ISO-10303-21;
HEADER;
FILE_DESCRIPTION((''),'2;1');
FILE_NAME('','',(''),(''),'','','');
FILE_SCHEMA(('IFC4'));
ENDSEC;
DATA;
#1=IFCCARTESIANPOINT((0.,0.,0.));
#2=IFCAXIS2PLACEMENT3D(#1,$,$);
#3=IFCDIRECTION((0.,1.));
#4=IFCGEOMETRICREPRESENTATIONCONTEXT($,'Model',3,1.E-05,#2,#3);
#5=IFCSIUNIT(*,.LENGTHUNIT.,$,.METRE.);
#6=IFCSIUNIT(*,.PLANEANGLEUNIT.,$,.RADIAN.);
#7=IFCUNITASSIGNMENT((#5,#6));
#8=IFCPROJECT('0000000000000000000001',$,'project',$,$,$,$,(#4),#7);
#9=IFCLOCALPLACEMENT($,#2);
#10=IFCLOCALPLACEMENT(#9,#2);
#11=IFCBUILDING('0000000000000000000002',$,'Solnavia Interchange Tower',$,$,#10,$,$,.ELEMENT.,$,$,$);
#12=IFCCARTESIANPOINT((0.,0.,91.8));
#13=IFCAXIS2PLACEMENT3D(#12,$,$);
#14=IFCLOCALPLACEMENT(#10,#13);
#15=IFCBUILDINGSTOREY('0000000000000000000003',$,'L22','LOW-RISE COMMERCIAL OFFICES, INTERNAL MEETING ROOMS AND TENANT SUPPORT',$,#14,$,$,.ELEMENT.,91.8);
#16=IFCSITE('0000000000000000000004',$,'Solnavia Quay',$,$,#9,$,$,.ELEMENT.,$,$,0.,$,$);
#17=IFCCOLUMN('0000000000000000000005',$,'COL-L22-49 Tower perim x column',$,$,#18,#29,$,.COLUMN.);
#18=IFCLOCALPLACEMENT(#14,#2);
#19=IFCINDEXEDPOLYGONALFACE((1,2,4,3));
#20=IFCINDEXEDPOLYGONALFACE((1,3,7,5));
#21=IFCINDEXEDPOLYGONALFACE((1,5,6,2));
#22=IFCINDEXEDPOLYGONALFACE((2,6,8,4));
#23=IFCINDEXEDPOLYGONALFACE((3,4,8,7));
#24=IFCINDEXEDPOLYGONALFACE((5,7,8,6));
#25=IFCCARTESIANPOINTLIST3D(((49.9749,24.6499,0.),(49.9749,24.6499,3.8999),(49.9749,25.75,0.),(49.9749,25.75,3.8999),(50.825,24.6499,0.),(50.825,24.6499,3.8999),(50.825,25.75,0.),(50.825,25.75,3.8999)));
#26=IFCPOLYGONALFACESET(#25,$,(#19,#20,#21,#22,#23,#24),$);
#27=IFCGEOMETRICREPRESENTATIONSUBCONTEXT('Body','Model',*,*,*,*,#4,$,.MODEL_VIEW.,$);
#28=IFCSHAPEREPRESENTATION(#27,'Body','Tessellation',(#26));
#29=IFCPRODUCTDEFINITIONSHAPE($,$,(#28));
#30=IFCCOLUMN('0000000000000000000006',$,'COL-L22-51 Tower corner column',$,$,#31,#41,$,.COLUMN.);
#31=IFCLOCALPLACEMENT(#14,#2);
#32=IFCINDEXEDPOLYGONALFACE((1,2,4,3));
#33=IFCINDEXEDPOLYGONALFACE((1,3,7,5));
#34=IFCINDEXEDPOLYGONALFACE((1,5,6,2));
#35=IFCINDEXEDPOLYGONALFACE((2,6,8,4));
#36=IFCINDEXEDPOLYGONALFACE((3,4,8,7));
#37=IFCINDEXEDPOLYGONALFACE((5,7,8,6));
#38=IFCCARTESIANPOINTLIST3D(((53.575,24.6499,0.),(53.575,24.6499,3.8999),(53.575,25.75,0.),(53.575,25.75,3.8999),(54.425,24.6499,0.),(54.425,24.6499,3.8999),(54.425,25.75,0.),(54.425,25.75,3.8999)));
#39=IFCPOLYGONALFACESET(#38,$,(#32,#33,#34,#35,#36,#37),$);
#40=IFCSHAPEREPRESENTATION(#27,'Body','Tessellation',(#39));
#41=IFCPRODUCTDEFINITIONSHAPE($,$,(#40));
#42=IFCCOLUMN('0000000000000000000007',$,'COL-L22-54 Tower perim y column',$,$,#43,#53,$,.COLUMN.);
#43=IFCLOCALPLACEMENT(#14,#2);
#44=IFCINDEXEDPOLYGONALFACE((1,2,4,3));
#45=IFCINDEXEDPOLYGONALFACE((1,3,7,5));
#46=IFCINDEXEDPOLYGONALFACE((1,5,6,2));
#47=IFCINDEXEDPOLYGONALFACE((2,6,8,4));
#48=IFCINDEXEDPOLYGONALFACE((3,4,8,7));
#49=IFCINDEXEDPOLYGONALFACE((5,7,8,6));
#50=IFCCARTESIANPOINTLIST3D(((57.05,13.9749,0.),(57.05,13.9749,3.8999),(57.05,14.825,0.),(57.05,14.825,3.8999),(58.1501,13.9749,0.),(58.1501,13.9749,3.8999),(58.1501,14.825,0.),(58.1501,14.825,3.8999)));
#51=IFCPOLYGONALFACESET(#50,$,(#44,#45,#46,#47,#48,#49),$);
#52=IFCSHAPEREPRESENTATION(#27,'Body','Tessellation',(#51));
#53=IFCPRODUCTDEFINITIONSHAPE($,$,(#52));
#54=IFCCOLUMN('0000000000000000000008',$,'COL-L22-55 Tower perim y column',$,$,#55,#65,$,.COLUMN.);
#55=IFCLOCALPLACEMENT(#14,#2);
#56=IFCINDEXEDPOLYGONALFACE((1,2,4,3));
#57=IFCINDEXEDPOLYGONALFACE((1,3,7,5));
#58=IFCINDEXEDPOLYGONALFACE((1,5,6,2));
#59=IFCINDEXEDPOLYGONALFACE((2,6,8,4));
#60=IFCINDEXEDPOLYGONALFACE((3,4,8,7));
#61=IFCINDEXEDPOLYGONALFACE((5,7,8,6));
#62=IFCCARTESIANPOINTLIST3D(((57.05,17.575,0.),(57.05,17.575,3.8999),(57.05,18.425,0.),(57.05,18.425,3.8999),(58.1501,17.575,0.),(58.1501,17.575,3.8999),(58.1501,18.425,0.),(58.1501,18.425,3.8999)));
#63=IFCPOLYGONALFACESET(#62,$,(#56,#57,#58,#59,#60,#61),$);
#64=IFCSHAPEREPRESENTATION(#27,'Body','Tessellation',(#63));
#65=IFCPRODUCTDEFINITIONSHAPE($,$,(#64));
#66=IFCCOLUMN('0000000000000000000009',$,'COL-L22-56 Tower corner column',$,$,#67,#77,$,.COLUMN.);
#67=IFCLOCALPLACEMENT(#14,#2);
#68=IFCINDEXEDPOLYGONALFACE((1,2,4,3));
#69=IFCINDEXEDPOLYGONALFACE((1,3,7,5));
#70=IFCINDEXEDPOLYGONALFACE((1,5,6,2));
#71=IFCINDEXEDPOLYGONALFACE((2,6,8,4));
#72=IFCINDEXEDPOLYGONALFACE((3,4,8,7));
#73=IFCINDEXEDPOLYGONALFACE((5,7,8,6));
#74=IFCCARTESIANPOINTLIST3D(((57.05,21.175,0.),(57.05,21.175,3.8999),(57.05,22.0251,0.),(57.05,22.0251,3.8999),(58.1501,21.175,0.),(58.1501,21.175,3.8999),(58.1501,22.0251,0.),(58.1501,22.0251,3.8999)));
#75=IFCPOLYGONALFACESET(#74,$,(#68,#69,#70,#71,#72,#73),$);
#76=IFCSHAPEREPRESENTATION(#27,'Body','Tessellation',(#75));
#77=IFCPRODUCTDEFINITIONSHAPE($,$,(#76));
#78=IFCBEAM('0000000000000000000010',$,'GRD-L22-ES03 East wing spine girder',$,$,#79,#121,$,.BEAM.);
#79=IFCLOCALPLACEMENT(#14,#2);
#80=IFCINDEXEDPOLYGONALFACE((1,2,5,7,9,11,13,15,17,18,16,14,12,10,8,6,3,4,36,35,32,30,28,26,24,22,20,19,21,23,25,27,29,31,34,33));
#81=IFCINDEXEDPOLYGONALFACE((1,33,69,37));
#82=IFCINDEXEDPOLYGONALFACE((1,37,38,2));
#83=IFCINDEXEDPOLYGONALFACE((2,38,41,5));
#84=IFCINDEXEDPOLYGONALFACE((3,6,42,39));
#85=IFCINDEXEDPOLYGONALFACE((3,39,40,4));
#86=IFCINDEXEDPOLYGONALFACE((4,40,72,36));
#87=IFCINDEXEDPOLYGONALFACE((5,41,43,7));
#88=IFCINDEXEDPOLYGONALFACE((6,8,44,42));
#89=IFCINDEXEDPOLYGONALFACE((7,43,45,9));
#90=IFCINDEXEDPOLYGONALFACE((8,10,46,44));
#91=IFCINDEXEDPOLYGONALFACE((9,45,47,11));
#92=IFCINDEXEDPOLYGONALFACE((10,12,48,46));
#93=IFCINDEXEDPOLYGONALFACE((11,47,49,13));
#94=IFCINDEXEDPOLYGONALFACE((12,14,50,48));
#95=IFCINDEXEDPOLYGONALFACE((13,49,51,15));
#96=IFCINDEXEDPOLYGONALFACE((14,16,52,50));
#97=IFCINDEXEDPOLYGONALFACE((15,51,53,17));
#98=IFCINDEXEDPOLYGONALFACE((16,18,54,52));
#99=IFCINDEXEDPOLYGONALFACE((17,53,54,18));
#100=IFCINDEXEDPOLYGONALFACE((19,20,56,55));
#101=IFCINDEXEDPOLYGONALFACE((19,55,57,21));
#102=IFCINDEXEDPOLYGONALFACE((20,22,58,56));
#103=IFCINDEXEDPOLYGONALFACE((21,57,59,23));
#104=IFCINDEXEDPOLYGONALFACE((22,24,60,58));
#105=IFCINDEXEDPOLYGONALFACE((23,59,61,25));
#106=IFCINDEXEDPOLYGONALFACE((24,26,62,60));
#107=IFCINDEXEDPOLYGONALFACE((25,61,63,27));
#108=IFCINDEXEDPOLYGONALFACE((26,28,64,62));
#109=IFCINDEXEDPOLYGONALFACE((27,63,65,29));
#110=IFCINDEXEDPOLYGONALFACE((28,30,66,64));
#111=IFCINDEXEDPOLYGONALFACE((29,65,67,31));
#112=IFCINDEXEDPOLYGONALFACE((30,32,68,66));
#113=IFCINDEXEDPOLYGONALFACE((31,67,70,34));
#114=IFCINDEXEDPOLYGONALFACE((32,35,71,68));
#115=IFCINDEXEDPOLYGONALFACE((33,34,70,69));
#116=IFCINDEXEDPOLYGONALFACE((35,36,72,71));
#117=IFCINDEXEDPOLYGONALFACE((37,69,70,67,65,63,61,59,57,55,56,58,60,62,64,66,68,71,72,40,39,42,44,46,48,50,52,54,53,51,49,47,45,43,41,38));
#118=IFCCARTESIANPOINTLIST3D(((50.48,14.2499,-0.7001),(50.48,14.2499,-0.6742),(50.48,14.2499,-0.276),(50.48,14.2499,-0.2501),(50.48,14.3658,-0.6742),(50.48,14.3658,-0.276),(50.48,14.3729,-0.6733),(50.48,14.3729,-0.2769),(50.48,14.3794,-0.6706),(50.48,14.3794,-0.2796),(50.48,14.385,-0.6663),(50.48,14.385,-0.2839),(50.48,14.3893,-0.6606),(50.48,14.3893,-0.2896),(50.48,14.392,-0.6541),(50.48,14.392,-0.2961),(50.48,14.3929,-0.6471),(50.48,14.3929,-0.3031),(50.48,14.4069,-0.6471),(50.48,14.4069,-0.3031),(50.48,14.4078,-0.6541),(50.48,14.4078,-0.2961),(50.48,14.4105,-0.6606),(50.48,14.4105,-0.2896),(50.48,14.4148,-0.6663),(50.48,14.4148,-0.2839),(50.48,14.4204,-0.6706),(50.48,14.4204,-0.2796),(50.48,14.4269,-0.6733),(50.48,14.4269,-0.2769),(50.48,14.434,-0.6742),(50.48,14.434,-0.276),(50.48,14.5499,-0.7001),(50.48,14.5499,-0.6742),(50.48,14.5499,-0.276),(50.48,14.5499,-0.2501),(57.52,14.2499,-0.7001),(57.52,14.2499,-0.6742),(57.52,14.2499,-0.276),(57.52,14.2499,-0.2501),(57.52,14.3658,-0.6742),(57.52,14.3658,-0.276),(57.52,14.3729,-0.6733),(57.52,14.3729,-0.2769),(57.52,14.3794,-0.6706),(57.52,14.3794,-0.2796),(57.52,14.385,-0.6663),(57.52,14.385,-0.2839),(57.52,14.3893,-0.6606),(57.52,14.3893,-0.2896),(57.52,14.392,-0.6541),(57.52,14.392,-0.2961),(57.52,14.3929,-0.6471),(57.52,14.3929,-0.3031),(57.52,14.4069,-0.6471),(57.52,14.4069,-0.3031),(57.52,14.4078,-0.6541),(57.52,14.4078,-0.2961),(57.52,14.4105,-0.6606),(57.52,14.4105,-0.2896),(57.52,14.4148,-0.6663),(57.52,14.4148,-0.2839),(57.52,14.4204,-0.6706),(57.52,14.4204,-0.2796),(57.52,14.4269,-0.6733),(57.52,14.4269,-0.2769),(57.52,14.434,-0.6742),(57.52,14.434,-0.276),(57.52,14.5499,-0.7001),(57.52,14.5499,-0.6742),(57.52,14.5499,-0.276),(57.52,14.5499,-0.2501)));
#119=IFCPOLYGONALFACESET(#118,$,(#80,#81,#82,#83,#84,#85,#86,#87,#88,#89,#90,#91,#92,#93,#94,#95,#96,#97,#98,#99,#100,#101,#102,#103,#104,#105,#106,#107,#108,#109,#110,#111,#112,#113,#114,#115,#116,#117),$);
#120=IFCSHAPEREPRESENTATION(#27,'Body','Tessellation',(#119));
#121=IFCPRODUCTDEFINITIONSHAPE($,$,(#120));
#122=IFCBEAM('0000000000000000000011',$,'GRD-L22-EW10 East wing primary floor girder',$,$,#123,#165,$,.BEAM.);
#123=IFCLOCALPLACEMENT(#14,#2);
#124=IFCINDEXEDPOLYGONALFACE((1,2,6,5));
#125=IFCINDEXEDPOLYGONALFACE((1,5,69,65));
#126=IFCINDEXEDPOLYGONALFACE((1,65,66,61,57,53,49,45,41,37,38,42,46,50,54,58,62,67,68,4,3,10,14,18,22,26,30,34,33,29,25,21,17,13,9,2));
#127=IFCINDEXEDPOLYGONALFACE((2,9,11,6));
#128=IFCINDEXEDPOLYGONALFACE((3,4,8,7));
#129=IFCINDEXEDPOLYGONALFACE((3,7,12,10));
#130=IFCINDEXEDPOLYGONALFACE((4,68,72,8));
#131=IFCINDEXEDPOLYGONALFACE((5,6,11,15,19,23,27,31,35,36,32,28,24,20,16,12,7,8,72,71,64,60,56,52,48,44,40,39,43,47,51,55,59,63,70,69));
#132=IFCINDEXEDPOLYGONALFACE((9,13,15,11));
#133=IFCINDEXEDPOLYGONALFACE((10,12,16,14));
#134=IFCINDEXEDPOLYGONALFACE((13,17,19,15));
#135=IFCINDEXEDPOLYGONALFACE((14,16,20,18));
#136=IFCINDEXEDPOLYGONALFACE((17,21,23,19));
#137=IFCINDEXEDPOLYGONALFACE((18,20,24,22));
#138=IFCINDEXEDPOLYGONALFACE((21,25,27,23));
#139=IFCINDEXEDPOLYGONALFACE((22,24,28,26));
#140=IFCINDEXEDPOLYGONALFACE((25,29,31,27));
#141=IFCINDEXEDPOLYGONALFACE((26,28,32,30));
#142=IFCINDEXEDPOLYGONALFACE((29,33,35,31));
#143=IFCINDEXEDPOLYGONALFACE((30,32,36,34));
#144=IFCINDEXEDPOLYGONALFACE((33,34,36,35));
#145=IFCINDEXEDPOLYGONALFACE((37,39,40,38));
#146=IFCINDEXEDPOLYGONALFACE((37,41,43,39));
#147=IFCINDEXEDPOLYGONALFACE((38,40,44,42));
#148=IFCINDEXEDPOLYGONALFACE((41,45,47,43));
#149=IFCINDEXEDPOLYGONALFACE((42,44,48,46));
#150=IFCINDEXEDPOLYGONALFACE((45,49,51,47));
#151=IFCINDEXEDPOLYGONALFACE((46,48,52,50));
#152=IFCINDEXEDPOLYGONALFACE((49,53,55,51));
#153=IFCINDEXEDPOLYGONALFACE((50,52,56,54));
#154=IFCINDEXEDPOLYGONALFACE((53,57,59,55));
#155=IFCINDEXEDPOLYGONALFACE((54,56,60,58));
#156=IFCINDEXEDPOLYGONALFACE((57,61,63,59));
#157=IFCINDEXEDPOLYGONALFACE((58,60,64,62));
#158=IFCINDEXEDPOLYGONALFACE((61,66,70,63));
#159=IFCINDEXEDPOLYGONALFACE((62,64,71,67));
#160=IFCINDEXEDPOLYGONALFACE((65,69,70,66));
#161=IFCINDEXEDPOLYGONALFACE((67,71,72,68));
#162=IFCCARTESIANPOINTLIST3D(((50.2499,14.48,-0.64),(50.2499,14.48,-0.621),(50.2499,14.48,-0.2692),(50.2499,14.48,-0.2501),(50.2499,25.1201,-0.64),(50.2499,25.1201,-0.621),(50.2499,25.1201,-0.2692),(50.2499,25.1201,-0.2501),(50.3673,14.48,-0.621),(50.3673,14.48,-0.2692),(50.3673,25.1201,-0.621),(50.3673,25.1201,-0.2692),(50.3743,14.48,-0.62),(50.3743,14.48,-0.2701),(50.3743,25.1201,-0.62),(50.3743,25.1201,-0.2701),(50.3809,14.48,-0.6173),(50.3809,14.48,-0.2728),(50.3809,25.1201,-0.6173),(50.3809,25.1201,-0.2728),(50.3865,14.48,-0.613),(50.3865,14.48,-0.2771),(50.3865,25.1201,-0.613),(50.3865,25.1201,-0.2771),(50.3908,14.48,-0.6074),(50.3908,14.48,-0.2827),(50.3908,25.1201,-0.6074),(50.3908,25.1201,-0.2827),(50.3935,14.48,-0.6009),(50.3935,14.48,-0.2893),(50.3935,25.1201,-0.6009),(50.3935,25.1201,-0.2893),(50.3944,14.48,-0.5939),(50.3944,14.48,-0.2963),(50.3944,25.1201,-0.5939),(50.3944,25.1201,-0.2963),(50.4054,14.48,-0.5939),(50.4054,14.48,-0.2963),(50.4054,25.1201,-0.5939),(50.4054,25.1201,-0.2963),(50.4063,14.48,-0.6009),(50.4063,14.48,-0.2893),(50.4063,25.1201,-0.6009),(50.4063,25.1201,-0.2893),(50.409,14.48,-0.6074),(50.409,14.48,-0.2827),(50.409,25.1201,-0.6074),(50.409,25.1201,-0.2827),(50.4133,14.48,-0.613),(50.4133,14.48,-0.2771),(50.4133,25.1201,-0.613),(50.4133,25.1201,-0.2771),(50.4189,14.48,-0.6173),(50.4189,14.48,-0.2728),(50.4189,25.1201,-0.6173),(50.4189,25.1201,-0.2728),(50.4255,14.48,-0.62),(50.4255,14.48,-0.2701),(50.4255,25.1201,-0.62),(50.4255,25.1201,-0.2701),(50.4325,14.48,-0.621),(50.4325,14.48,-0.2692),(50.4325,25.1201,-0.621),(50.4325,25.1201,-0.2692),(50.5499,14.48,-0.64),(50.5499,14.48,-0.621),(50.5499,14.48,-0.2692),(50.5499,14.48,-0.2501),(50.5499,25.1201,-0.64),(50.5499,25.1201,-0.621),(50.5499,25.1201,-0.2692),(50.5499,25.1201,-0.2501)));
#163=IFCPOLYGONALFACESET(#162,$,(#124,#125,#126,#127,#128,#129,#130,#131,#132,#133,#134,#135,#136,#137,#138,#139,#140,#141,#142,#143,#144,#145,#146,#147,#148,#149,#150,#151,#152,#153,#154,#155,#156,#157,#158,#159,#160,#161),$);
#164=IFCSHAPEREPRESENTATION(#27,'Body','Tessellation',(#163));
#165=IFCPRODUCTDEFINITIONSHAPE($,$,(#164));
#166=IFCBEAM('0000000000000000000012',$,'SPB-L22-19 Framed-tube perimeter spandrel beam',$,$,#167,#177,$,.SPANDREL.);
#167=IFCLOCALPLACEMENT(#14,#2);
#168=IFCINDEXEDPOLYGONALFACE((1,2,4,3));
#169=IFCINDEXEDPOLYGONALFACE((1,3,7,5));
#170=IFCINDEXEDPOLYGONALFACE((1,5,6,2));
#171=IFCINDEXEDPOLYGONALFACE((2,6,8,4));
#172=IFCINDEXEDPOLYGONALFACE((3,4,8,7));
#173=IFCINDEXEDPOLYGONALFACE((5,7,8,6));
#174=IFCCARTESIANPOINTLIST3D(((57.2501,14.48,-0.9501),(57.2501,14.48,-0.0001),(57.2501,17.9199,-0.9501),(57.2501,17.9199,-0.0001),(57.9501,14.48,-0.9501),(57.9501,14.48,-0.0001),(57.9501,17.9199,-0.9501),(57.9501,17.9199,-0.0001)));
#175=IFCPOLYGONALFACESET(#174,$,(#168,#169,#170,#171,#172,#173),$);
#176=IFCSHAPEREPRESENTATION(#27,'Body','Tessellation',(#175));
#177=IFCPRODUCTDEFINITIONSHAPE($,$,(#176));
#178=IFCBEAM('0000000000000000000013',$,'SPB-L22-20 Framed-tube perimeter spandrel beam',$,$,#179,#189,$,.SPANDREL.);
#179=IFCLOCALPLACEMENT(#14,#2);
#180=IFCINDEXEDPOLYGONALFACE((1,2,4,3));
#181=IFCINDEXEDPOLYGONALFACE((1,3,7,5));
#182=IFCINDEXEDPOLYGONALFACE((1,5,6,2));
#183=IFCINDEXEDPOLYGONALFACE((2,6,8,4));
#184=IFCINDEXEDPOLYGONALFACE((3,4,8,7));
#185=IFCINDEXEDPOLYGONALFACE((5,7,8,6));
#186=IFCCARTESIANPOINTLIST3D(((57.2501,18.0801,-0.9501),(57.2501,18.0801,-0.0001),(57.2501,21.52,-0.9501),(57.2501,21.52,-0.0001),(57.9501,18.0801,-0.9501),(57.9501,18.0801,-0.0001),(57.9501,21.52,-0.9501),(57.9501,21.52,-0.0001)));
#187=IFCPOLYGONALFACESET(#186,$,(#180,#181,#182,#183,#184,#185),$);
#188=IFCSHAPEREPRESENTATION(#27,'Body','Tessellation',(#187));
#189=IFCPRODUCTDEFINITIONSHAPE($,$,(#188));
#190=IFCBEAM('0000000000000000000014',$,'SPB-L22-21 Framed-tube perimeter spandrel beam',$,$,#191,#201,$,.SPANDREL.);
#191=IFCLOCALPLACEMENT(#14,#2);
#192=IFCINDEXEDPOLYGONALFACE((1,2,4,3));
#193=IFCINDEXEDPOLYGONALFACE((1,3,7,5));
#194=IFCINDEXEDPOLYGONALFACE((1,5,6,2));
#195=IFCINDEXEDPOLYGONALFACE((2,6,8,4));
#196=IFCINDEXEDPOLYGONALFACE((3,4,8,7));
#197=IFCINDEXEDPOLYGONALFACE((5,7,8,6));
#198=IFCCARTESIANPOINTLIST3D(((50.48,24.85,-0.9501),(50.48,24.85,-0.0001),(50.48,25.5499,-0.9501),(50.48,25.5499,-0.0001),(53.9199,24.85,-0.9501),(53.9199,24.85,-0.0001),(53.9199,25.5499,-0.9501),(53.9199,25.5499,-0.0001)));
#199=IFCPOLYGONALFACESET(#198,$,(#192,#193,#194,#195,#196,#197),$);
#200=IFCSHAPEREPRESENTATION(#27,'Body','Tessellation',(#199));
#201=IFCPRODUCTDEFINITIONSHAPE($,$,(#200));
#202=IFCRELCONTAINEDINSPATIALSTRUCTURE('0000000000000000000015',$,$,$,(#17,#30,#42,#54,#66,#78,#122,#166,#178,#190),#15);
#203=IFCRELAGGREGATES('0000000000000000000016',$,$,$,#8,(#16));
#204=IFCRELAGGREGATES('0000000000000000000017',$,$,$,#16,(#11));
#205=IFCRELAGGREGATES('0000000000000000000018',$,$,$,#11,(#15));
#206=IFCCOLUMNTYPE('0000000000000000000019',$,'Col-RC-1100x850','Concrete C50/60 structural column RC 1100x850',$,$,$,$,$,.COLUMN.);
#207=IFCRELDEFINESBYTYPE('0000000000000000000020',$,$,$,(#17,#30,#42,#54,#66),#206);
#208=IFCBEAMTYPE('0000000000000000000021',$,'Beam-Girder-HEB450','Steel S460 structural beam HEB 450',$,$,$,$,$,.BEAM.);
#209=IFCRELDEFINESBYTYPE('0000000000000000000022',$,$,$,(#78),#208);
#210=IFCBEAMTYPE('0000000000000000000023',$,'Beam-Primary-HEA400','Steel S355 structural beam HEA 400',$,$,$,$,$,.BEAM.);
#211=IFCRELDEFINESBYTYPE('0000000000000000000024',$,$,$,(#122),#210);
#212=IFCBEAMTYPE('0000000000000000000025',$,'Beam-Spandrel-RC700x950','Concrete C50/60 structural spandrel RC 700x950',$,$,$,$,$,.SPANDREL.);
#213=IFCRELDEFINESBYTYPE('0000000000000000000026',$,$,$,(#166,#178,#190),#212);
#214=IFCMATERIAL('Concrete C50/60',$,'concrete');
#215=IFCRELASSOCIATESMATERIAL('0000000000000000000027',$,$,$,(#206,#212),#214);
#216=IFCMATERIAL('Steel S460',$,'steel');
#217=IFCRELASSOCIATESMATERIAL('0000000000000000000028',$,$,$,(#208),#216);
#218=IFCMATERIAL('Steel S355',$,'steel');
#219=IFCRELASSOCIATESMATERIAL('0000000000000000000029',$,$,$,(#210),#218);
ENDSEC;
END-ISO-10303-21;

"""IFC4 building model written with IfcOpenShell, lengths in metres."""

from ifc_helpers import new_model, si_unit, direction, frame, origin, origin_2d, place, context, subcontext, project, spatial, rectangle, i_section, extrude, material, material_profile, profile_set, type_object, element, save


model = new_model("IFC4")

# Units and contexts
model_context = context("Model", 3, precision=1e-05, world=origin(), true_north=direction((0.0, 1.0)))
body_context = subcontext(model_context, "Body", "Model", "MODEL_VIEW")
ifc_project = project(units=[si_unit("LENGTHUNIT", "METRE"), si_unit("PLANEANGLEUNIT", "RADIAN")], contexts=[model_context])

# Site, building, storey
site_placement = place(None, origin())
site = spatial("IfcSite", under=ifc_project, at=site_placement, Name="Solnavia Quay", CompositionType="ELEMENT", RefElevation=0.0)
building_placement = place(site_placement, origin())
building = spatial("IfcBuilding", under=site, at=building_placement, Name="Solnavia Interchange Tower", CompositionType="ELEMENT")
storey_placement = place(building_placement, frame((0.0, 0.0, 91.8)))
storey = spatial("IfcBuildingStorey", under=building, at=storey_placement, Name="L22", Description="LOW-RISE COMMERCIAL OFFICES, INTERNAL MEETING ROOMS AND TENANT SUPPORT", CompositionType="ELEMENT", Elevation=91.8)

# Columns
ifc_material_1 = material(Name="Concrete C50/60", Category="concrete")
ifc_material_profile_1 = material_profile(ifc_material_1, rectangle(XDim=0.8501, YDim=1.1001, at=origin_2d()), Name="RC 1100x850")
ifc_profile_set_1 = profile_set([ifc_material_profile_1], Name="Concrete C50/60")
column_type = type_object("IfcColumnType", Name="Col-RC-1100x850", Description="Concrete C50/60 structural column RC 1100x850", PredefinedType="COLUMN", material=ifc_profile_set_1)
for number, where, z_axis, x_axis, name in (
    (1, (50.3999, 25.2, 0.0), (0.0, 0.0, 1.0), (1.0, 0.0, 0.0), "COL-L22-49 Tower perim x column"),
    (2, (54.0, 25.2, 0.0), (0.0, 0.0, 1.0), (1.0, 0.0, 0.0), "COL-L22-51 Tower corner column"),
    (3, (57.6001, 14.3999, 0.0), (0.0, 0.0, 1.0), (0.0, 1.0, 0.0), "COL-L22-54 Tower perim y column"),
    (4, (57.6001, 18.0, 0.0), (0.0, 0.0, 1.0), (0.0, 1.0, 0.0), "COL-L22-55 Tower perim y column"),
    (5, (57.6001, 21.6001, 0.0), (0.0, 0.0, 1.0), (0.0, 1.0, 0.0), "COL-L22-56 Tower corner column"),
):
    element("IfcColumn", number, at=place(storey_placement, frame(where, z_axis=z_axis, x_axis=x_axis)), inside=storey, type_object=column_type, Name=name, PredefinedType="COLUMN", context=body_context, shape_type="SweptSolid", body=[
        extrude(rectangle(XDim=0.8501, YDim=1.1001, at=origin_2d()), origin(), (0.0, 0.0, 1.0), 3.8999),
    ])

# Beams
ifc_material_2 = material(Name="Steel S460", Category="steel")
ifc_material_profile_2 = material_profile(ifc_material_2, i_section(OverallWidth=0.3, OverallDepth=0.45, WebThickness=0.0139, FlangeThickness=0.0259, FilletRadius=0.0271, at=origin_2d()), Name="HEB 450")
ifc_profile_set_2 = profile_set([ifc_material_profile_2], Name="Steel S460")
beam_type_1 = type_object("IfcBeamType", Name="Beam-Girder-HEB450", Description="Steel S460 structural beam HEB 450", PredefinedType="BEAM", material=ifc_profile_set_2)
beam_1_placement = place(storey_placement, frame((50.48, 14.3999, -0.4751), z_axis=(1.0, 0.0, 0.0), x_axis=(0.0, 1.0, 0.0)))
element("IfcBeam", 6, at=beam_1_placement, inside=storey, type_object=beam_type_1, Name="GRD-L22-ES03 East wing spine girder", PredefinedType="BEAM", context=body_context, shape_type="SweptSolid", body=[
    extrude(i_section(OverallWidth=0.3, OverallDepth=0.45, WebThickness=0.0139, FlangeThickness=0.0259, FilletRadius=0.0271, at=origin_2d()), origin(), (0.0, 0.0, 1.0), 7.04),
])
ifc_material_3 = material(Name="Steel S355", Category="steel")
ifc_material_profile_3 = material_profile(ifc_material_3, i_section(OverallWidth=0.3, OverallDepth=0.3899, WebThickness=0.011, FlangeThickness=0.019, FilletRadius=0.0271, at=origin_2d()), Name="HEA 400")
ifc_profile_set_3 = profile_set([ifc_material_profile_3], Name="Steel S355")
beam_type_2 = type_object("IfcBeamType", Name="Beam-Primary-HEA400", Description="Steel S355 structural beam HEA 400", PredefinedType="BEAM", material=ifc_profile_set_3)
beam_2_placement = place(storey_placement, frame((50.3999, 14.48, -0.4451), z_axis=(0.0, 1.0, 0.0), x_axis=(-1.0, 0.0, 0.0)))
element("IfcBeam", 7, at=beam_2_placement, inside=storey, type_object=beam_type_2, Name="GRD-L22-EW10 East wing primary floor girder", PredefinedType="BEAM", context=body_context, shape_type="SweptSolid", body=[
    extrude(i_section(OverallWidth=0.3, OverallDepth=0.3899, WebThickness=0.011, FlangeThickness=0.019, FilletRadius=0.0271, at=origin_2d()), origin(), (0.0, 0.0, 1.0), 10.6401),
])
ifc_material_profile_4 = material_profile(ifc_material_1, rectangle(XDim=0.7, YDim=0.95, at=origin_2d()), Name="RC 700x950")
ifc_profile_set_4 = profile_set([ifc_material_profile_4], Name="Concrete C50/60")
beam_type_3 = type_object("IfcBeamType", Name="Beam-Spandrel-RC700x950", Description="Concrete C50/60 structural spandrel RC 700x950", PredefinedType="SPANDREL", material=ifc_profile_set_4)
for number, where, z_axis, x_axis, name in (
    (8, (57.6001, 14.48, -0.4751), (0.0, 1.0, 0.0), (-1.0, 0.0, 0.0), "SPB-L22-19 Framed-tube perimeter spandrel beam"),
    (9, (57.6001, 18.0801, -0.4751), (0.0, 1.0, 0.0), (-1.0, 0.0, 0.0), "SPB-L22-20 Framed-tube perimeter spandrel beam"),
    (10, (53.9199, 25.2, -0.4751), (-1.0, 0.0, 0.0), (0.0, -1.0, 0.0), "SPB-L22-21 Framed-tube perimeter spandrel beam"),
):
    element("IfcBeam", number, at=place(storey_placement, frame(where, z_axis=z_axis, x_axis=x_axis)), inside=storey, type_object=beam_type_3, Name=name, PredefinedType="SPANDREL", context=body_context, shape_type="SweptSolid", body=[
        extrude(rectangle(XDim=0.7, YDim=0.95, at=origin_2d()), origin(), (0.0, 0.0, 1.0), 3.4399),
    ])

save(model, "model.ifc")
